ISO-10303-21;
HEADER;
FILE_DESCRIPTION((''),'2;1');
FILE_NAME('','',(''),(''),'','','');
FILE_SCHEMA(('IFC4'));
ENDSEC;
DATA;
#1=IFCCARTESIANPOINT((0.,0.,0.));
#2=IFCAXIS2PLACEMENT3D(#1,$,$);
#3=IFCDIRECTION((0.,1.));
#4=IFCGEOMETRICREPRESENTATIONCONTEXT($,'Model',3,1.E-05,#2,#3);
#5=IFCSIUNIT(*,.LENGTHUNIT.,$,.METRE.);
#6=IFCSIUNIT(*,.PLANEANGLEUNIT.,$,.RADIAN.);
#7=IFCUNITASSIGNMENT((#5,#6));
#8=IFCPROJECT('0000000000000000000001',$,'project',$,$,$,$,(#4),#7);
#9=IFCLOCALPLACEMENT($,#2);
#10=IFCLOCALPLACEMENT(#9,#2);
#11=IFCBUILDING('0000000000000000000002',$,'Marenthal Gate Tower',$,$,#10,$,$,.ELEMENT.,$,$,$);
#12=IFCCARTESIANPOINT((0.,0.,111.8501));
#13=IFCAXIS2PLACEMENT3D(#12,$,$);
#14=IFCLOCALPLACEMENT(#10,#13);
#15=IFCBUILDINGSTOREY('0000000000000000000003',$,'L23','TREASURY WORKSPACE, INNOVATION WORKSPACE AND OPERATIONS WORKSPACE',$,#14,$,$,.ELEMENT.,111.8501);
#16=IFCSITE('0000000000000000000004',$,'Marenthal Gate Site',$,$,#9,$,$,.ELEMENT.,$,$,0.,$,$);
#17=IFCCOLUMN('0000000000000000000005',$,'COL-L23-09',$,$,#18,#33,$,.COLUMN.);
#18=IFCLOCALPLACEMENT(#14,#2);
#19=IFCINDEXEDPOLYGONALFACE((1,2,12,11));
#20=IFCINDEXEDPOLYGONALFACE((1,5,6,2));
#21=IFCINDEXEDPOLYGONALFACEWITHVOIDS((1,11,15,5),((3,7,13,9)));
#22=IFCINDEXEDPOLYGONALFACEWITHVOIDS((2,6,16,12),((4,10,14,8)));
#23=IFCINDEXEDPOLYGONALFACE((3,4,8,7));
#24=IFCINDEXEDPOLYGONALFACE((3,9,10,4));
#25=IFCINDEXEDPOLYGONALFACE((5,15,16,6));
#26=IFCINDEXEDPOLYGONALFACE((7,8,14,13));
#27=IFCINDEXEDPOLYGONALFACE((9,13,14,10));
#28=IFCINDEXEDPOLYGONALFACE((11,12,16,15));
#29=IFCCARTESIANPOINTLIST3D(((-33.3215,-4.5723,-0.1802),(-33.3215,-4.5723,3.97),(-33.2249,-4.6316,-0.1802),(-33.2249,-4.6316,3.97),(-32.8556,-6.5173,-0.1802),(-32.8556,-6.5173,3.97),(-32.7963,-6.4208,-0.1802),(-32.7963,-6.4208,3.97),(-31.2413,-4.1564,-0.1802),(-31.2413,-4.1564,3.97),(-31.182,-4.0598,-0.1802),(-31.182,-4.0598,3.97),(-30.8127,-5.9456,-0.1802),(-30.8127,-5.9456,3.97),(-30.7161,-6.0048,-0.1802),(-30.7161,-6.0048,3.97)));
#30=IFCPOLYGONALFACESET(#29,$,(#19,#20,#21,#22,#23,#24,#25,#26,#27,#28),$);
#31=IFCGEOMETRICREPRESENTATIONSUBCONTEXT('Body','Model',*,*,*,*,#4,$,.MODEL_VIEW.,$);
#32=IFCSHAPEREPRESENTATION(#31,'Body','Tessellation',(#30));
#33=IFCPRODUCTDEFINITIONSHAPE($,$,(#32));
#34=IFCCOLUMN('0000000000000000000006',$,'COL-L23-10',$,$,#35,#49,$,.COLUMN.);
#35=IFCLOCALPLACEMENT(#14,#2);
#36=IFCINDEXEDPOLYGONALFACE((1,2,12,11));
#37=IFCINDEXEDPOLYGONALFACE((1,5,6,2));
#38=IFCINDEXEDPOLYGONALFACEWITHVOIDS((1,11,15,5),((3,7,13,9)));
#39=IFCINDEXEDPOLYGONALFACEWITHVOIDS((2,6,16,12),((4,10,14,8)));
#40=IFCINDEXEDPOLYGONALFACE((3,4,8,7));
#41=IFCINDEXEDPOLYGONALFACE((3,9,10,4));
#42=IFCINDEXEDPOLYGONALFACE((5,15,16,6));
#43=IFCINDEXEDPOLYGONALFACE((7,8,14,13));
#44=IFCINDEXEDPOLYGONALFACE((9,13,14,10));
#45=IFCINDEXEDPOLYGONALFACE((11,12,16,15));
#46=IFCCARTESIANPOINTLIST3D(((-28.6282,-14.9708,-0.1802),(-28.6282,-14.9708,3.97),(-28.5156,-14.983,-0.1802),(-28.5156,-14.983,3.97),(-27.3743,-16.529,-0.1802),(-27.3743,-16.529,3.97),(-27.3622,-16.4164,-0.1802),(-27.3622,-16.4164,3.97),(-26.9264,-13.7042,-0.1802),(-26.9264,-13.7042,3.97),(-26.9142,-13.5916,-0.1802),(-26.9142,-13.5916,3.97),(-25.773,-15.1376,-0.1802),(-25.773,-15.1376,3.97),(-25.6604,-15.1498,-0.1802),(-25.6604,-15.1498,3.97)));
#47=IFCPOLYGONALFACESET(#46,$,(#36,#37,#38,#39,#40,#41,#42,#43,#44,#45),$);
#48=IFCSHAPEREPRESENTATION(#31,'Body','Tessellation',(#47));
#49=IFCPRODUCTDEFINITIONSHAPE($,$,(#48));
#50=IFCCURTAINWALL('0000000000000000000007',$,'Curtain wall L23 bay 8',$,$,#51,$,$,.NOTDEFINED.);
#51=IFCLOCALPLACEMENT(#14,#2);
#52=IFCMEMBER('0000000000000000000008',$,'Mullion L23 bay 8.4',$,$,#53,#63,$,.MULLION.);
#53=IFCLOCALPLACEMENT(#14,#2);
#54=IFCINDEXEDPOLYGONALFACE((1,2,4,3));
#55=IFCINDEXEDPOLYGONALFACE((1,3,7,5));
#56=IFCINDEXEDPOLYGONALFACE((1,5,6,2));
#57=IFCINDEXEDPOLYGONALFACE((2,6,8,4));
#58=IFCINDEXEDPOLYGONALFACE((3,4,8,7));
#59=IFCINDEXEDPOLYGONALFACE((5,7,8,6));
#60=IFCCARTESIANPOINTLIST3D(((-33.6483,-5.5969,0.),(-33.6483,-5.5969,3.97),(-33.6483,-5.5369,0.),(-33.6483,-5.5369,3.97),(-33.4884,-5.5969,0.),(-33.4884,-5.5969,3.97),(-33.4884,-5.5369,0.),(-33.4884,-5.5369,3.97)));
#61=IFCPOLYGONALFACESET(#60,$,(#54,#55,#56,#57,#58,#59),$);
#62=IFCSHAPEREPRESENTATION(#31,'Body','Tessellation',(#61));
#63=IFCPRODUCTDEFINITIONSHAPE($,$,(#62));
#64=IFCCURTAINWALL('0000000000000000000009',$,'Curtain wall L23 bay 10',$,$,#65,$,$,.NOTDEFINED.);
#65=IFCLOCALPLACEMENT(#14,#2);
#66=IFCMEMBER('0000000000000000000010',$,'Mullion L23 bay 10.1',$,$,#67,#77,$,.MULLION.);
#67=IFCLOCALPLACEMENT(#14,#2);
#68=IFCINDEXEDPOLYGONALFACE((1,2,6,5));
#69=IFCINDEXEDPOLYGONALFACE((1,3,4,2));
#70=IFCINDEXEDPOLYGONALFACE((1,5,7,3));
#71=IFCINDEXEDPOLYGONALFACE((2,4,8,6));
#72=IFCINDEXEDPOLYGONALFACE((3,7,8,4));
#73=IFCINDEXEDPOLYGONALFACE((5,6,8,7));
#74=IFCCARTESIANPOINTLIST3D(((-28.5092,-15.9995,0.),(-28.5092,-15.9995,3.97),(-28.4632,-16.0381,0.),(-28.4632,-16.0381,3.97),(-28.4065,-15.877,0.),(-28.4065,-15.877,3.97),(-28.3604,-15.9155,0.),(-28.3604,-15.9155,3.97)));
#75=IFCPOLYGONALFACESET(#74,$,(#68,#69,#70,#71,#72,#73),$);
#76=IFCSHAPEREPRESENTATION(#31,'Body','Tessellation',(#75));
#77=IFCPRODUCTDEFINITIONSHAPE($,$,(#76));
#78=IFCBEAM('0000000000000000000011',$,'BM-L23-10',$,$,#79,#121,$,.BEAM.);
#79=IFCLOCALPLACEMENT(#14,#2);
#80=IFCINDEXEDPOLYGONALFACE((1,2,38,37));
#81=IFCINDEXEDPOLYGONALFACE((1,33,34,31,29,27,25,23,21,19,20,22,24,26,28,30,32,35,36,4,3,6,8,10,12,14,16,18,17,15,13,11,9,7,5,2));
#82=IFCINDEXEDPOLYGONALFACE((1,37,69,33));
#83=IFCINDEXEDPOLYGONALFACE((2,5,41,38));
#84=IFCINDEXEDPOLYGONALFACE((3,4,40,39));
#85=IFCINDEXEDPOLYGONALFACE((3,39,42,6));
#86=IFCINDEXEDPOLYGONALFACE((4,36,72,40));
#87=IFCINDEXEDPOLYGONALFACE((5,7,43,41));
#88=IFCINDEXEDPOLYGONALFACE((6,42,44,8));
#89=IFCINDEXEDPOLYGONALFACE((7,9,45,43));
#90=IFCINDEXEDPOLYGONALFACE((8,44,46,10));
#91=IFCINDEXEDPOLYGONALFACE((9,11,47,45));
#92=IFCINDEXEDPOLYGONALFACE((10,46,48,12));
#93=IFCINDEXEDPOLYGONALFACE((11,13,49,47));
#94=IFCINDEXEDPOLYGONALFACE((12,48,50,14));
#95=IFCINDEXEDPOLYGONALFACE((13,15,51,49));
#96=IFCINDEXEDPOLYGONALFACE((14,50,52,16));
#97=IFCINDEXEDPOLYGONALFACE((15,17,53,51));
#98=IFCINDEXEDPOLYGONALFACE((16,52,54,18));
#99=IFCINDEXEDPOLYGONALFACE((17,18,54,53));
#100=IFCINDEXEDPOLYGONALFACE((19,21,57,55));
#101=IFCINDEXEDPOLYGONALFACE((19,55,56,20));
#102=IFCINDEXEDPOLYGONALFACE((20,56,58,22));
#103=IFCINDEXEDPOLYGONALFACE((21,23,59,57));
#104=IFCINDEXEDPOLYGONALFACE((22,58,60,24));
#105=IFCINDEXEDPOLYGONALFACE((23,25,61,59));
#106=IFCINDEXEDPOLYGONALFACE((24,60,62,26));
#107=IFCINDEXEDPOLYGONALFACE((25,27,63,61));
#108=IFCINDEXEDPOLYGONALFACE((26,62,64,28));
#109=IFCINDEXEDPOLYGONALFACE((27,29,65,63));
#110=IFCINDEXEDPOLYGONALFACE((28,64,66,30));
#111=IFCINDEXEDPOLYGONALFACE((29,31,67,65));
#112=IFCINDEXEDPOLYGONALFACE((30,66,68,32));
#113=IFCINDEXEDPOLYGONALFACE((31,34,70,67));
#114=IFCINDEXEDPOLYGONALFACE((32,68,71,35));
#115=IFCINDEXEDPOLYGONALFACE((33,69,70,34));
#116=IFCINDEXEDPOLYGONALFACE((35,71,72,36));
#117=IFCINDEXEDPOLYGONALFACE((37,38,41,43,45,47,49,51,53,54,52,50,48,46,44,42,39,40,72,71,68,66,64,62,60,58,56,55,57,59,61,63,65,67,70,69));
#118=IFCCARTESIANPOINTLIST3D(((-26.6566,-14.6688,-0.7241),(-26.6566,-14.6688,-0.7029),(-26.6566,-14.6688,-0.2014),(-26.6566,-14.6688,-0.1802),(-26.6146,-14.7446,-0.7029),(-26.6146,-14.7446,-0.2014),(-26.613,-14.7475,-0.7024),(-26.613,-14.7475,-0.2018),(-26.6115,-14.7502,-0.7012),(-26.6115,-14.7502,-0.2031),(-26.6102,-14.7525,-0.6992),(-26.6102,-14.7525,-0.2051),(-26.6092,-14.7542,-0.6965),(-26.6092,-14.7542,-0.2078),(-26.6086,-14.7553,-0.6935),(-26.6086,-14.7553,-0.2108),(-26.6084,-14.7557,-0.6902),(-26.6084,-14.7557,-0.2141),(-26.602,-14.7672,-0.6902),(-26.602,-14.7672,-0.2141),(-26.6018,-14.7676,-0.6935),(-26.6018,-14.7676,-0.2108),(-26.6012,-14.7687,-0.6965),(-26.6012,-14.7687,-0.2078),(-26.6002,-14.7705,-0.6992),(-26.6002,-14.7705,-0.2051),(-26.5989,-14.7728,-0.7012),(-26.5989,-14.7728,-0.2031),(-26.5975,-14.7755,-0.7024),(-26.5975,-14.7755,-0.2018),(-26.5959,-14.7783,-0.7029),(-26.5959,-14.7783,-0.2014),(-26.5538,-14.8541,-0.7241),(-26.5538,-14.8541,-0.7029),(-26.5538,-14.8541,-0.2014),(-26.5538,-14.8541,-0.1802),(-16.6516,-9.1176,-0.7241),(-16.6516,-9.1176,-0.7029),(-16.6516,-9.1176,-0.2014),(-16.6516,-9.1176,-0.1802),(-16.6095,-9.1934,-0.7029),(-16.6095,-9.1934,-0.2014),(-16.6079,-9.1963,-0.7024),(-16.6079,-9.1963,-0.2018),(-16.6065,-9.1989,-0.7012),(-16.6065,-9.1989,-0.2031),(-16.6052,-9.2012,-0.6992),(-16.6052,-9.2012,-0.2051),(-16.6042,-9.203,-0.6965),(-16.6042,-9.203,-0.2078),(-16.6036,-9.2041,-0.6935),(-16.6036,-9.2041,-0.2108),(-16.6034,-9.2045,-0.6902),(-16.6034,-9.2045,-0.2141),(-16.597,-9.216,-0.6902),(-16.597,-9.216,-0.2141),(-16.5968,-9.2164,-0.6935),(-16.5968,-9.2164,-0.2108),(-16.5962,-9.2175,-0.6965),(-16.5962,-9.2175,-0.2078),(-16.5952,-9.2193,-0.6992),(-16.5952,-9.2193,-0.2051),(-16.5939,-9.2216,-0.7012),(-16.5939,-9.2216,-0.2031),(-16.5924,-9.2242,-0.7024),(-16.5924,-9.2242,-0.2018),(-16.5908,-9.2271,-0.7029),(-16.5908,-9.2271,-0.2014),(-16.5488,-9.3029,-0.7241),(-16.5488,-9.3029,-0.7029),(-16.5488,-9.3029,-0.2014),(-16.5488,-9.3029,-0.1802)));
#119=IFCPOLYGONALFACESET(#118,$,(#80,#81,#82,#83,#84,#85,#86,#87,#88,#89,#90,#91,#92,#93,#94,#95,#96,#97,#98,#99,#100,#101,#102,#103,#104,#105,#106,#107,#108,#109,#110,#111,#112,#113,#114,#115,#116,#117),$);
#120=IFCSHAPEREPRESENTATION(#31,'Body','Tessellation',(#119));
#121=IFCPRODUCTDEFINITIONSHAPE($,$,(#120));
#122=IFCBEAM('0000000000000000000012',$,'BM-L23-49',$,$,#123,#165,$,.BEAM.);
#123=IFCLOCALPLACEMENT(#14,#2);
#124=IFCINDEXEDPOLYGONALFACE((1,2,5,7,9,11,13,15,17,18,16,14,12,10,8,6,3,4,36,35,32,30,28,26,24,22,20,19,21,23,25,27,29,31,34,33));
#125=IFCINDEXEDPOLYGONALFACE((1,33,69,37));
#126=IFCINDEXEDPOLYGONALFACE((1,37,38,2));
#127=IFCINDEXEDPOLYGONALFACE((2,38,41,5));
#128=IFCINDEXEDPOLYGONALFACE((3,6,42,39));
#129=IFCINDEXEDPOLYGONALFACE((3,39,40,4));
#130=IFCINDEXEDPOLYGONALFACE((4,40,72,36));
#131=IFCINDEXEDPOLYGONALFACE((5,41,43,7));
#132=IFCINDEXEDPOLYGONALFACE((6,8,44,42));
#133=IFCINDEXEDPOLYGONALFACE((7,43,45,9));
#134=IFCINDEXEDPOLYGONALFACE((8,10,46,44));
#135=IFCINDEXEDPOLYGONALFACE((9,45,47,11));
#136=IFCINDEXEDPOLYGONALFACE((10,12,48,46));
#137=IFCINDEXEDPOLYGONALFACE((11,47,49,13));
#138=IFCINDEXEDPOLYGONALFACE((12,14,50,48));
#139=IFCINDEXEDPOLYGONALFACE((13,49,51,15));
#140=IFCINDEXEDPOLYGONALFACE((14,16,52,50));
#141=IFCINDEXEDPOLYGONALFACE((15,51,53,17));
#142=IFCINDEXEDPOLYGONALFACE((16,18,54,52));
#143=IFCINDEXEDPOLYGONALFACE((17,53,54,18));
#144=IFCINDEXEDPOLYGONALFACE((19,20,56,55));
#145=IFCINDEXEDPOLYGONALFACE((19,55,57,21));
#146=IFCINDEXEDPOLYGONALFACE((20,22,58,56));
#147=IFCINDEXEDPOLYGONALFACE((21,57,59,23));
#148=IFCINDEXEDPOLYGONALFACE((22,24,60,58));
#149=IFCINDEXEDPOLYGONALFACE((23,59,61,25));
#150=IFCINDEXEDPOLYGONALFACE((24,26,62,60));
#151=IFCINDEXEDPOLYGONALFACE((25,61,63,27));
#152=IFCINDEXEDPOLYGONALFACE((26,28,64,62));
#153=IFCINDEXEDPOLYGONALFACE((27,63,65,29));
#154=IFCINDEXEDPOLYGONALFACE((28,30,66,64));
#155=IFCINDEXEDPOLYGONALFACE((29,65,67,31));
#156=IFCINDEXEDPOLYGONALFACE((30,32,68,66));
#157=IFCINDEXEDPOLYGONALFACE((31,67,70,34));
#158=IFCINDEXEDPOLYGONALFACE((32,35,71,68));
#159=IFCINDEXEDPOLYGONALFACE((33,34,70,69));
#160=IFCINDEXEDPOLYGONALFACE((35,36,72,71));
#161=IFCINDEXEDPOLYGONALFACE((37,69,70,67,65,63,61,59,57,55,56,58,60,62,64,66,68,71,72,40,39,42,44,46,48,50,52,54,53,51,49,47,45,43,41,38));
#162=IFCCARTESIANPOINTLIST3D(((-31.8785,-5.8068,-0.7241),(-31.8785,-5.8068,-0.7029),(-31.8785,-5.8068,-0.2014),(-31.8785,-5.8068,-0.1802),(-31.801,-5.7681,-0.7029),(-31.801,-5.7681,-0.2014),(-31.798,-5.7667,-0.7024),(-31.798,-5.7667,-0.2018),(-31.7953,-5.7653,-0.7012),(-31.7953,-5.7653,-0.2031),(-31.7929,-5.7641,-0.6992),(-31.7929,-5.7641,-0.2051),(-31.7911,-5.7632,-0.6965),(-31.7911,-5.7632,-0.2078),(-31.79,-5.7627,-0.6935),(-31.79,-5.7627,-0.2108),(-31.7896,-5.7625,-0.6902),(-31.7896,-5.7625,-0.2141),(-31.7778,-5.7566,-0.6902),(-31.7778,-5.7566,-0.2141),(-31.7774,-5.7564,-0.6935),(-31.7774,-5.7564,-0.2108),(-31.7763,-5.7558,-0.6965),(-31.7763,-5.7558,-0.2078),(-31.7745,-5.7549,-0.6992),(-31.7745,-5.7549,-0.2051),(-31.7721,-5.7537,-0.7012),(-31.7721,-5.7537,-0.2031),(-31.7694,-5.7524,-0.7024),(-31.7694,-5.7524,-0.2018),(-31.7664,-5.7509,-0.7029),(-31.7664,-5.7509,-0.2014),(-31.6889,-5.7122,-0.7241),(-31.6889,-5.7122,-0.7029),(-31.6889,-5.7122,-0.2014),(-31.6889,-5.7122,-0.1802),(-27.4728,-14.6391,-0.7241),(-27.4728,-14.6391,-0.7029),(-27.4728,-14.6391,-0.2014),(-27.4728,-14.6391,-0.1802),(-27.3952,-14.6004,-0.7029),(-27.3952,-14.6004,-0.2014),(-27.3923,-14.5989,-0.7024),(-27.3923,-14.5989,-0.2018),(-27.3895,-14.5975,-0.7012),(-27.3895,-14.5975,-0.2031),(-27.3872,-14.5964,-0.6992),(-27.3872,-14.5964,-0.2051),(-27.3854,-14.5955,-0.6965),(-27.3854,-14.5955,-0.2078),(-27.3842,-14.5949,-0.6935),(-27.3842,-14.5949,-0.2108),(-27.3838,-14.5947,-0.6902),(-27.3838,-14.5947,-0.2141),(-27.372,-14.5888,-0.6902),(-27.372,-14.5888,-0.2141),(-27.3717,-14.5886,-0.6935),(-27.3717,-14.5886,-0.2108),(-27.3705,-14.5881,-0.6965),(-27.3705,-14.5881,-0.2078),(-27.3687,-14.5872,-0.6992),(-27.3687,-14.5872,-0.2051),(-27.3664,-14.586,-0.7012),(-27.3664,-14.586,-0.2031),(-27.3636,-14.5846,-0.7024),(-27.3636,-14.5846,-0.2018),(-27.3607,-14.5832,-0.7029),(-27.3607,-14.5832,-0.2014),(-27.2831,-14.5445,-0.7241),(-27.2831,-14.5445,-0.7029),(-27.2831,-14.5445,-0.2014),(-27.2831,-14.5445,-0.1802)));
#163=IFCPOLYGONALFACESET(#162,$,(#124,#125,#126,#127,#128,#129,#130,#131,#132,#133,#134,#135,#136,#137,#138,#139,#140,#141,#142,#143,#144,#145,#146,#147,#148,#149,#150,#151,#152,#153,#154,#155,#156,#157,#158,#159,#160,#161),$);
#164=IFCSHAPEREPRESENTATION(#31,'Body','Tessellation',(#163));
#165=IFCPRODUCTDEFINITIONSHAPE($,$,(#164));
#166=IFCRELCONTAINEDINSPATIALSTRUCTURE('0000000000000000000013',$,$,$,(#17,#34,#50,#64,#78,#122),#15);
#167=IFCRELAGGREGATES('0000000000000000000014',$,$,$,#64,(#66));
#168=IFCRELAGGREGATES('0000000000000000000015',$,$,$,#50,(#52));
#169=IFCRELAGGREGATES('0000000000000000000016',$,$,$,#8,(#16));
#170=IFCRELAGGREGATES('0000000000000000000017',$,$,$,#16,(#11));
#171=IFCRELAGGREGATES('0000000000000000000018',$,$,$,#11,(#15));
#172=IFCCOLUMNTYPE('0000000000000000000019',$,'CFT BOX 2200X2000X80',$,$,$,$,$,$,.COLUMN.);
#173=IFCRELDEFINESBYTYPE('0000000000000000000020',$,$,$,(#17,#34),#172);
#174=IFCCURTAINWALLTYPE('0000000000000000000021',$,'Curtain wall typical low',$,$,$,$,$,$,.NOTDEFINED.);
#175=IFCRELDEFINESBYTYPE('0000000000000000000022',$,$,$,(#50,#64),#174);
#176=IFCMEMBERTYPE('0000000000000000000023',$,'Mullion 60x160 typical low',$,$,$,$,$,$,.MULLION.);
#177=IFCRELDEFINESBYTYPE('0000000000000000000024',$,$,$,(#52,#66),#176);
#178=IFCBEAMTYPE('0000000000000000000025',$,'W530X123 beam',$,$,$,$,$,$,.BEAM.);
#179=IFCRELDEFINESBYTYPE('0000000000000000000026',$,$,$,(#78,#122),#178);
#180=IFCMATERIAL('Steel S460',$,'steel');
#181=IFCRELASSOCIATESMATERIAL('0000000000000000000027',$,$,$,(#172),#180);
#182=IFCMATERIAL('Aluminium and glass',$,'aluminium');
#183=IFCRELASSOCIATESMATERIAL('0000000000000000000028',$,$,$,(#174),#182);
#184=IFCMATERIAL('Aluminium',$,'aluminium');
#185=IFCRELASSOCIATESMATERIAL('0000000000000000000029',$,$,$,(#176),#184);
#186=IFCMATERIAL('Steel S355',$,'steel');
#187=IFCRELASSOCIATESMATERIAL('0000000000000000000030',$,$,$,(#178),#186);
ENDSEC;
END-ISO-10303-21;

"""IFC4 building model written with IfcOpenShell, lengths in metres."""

from ifc_helpers import new_model, si_unit, direction, frame, origin, origin_2d, place, context, subcontext, project, spatial, rectangle, hollow_rectangle, i_section, extrude, material, material_profile, profile_set, type_object, element, aggregate, save


model = new_model("IFC4")

# Units and contexts
model_context = context("Model", 3, precision=1e-05, world=origin(), true_north=direction((0.0, 1.0)))
body_context = subcontext(model_context, "Body", "Model", "MODEL_VIEW")
ifc_project = project(units=[si_unit("LENGTHUNIT", "METRE"), si_unit("PLANEANGLEUNIT", "RADIAN")], contexts=[model_context])

# Site, building, storey
site_placement = place(None, origin())
site = spatial("IfcSite", under=ifc_project, at=site_placement, Name="Marenthal Gate Site", CompositionType="ELEMENT", RefElevation=0.0)
building_placement = place(site_placement, origin())
building = spatial("IfcBuilding", under=site, at=building_placement, Name="Marenthal Gate Tower", CompositionType="ELEMENT")
storey_placement = place(building_placement, frame((0.0, 0.0, 111.8501)))
storey = spatial("IfcBuildingStorey", under=building, at=storey_placement, Name="L23", Description="TREASURY WORKSPACE, INNOVATION WORKSPACE AND OPERATIONS WORKSPACE", CompositionType="ELEMENT", Elevation=111.8501)

# Columns
ifc_material_1 = material(Name="Steel S460", Category="steel")
ifc_material_profile_1 = material_profile(ifc_material_1, hollow_rectangle(XDim=2.0, YDim=2.2, WallThickness=0.0801, at=origin_2d()), Name="CFT BOX 2200X2000X80")
ifc_material_2 = material(Name="Concrete 70 MPa", Category="concrete")
ifc_material_profile_2 = material_profile(ifc_material_2, rectangle(XDim=1.8401, YDim=2.04, at=origin_2d()), Name="CFT BOX 2200X2000X80 INFILL")
ifc_profile_set_1 = profile_set([ifc_material_profile_1, ifc_material_profile_2], Name="Steel S460 shell, Concrete 70 MPa infill")
column_type = type_object("IfcColumnType", Name="CFT BOX 2200X2000X80", PredefinedType="COLUMN", material=ifc_profile_set_1)
for number, where, z_axis, x_axis, name in (
    (1, (-32.0188, -5.2886, -0.1802), (0.0, 0.0, 1.0), (-0.232958, 0.972487, 0.0), "COL-L23-09"),
    (2, (-27.1443, -15.0603, -0.1802), (0.0, 0.0, 1.0), (-0.626918, 0.779085, 0.0), "COL-L23-10"),
):
    element("IfcColumn", number, at=place(storey_placement, frame(where, z_axis=z_axis, x_axis=x_axis)), inside=storey, type_object=column_type, Name=name, PredefinedType="COLUMN", context=body_context, shape_type="SweptSolid", body=[
        extrude(hollow_rectangle(XDim=2.0, YDim=2.2, WallThickness=0.0801, at=origin_2d()), origin(), (0.0, 0.0, 1.0), 4.1501),
    ])

# Curtain walls, members
ifc_material_3 = material(Name="Aluminium and glass", Category="aluminium")
curtain_wall_type = type_object("IfcCurtainWallType", Name="Curtain wall typical low", PredefinedType="NOTDEFINED", material=ifc_material_3)
curtain_wall_1_placement = place(storey_placement, origin())
curtain_wall_1 = element("IfcCurtainWall", 3, at=curtain_wall_1_placement, inside=storey, type_object=curtain_wall_type, Name="Curtain wall L23 bay 8", PredefinedType="NOTDEFINED")
ifc_material_4 = material(Name="Aluminium", Category="aluminium")
ifc_material_profile_3 = material_profile(ifc_material_4, rectangle(XDim=0.1599, YDim=0.0601, at=origin_2d()), Name="60x160 aluminium mullion")
ifc_profile_set_2 = profile_set([ifc_material_profile_3], Name="Aluminium")
member_type = type_object("IfcMemberType", Name="Mullion 60x160 typical low", PredefinedType="MULLION", material=ifc_profile_set_2)
member_1_placement = place(storey_placement, frame((-33.5684, -5.5669, 0.0), z_axis=(0.0, 0.0, 1.0), x_axis=(1.0, 0.0, 0.0)))
member_1 = element("IfcMember", 4, at=member_1_placement, type_object=member_type, Name="Mullion L23 bay 8.4", PredefinedType="MULLION", context=body_context, shape_type="SweptSolid", body=[
    extrude(rectangle(XDim=0.1599, YDim=0.0601, at=origin_2d()), origin(), (0.0, 0.0, 1.0), 3.97),
])
curtain_wall_2_placement = place(storey_placement, origin())
curtain_wall_2 = element("IfcCurtainWall", 5, at=curtain_wall_2_placement, inside=storey, type_object=curtain_wall_type, Name="Curtain wall L23 bay 10", PredefinedType="NOTDEFINED")
member_2_placement = place(storey_placement, frame((-28.4348, -15.9575, 0.0), z_axis=(0.0, 0.0, 1.0), x_axis=(0.642377, 0.766389, 0.0)))
member_2 = element("IfcMember", 6, at=member_2_placement, type_object=member_type, Name="Mullion L23 bay 10.1", PredefinedType="MULLION", context=body_context, shape_type="SweptSolid", body=[
    extrude(rectangle(XDim=0.1599, YDim=0.0601, at=origin_2d()), origin(), (0.0, 0.0, 1.0), 3.97),
])
aggregate(curtain_wall_2, [member_2])

# Beams
ifc_material_5 = material(Name="Steel S355", Category="steel")
ifc_material_profile_4 = material_profile(ifc_material_5, i_section(OverallWidth=0.2119, OverallDepth=0.5439, WebThickness=0.0132, FlangeThickness=0.0212, FilletRadius=0.0127, at=origin_2d()), Name="W530X123")
ifc_profile_set_3 = profile_set([ifc_material_profile_4], Name="Steel S355")
beam_type_1 = type_object("IfcBeamType", Name="W530X123 beam", PredefinedType="BEAM", material=ifc_profile_set_3)
beam_1_placement = place(storey_placement, frame((-26.6052, -14.7615, -0.4521), z_axis=(0.874422, 0.485166, 0.0), x_axis=(-0.485166, 0.874422, 0.0)))
element("IfcBeam", 7, at=beam_1_placement, inside=storey, type_object=beam_type_1, Name="BM-L23-10", PredefinedType="BEAM", context=body_context, shape_type="SweptSolid", body=[
    extrude(i_section(OverallWidth=0.2119, OverallDepth=0.5439, WebThickness=0.0132, FlangeThickness=0.0212, FilletRadius=0.0127, at=origin_2d()), origin(), (0.0, 0.0, 1.0), 11.4419),
])
beam_2_placement = place(storey_placement, frame((-31.7837, -5.7595, -0.4521), z_axis=(0.446372, -0.894847, 0.0), x_axis=(0.894847, 0.446372, 0.0)))
element("IfcBeam", 8, at=beam_2_placement, inside=storey, type_object=beam_type_1, Name="BM-L23-49", PredefinedType="BEAM", context=body_context, shape_type="SweptSolid", body=[
    extrude(i_section(OverallWidth=0.2119, OverallDepth=0.5439, WebThickness=0.0132, FlangeThickness=0.0212, FilletRadius=0.0127, at=origin_2d()), origin(), (0.0, 0.0, 1.0), 9.8701),
])

aggregate(curtain_wall_1, [member_1])

save(model, "model.ifc")
